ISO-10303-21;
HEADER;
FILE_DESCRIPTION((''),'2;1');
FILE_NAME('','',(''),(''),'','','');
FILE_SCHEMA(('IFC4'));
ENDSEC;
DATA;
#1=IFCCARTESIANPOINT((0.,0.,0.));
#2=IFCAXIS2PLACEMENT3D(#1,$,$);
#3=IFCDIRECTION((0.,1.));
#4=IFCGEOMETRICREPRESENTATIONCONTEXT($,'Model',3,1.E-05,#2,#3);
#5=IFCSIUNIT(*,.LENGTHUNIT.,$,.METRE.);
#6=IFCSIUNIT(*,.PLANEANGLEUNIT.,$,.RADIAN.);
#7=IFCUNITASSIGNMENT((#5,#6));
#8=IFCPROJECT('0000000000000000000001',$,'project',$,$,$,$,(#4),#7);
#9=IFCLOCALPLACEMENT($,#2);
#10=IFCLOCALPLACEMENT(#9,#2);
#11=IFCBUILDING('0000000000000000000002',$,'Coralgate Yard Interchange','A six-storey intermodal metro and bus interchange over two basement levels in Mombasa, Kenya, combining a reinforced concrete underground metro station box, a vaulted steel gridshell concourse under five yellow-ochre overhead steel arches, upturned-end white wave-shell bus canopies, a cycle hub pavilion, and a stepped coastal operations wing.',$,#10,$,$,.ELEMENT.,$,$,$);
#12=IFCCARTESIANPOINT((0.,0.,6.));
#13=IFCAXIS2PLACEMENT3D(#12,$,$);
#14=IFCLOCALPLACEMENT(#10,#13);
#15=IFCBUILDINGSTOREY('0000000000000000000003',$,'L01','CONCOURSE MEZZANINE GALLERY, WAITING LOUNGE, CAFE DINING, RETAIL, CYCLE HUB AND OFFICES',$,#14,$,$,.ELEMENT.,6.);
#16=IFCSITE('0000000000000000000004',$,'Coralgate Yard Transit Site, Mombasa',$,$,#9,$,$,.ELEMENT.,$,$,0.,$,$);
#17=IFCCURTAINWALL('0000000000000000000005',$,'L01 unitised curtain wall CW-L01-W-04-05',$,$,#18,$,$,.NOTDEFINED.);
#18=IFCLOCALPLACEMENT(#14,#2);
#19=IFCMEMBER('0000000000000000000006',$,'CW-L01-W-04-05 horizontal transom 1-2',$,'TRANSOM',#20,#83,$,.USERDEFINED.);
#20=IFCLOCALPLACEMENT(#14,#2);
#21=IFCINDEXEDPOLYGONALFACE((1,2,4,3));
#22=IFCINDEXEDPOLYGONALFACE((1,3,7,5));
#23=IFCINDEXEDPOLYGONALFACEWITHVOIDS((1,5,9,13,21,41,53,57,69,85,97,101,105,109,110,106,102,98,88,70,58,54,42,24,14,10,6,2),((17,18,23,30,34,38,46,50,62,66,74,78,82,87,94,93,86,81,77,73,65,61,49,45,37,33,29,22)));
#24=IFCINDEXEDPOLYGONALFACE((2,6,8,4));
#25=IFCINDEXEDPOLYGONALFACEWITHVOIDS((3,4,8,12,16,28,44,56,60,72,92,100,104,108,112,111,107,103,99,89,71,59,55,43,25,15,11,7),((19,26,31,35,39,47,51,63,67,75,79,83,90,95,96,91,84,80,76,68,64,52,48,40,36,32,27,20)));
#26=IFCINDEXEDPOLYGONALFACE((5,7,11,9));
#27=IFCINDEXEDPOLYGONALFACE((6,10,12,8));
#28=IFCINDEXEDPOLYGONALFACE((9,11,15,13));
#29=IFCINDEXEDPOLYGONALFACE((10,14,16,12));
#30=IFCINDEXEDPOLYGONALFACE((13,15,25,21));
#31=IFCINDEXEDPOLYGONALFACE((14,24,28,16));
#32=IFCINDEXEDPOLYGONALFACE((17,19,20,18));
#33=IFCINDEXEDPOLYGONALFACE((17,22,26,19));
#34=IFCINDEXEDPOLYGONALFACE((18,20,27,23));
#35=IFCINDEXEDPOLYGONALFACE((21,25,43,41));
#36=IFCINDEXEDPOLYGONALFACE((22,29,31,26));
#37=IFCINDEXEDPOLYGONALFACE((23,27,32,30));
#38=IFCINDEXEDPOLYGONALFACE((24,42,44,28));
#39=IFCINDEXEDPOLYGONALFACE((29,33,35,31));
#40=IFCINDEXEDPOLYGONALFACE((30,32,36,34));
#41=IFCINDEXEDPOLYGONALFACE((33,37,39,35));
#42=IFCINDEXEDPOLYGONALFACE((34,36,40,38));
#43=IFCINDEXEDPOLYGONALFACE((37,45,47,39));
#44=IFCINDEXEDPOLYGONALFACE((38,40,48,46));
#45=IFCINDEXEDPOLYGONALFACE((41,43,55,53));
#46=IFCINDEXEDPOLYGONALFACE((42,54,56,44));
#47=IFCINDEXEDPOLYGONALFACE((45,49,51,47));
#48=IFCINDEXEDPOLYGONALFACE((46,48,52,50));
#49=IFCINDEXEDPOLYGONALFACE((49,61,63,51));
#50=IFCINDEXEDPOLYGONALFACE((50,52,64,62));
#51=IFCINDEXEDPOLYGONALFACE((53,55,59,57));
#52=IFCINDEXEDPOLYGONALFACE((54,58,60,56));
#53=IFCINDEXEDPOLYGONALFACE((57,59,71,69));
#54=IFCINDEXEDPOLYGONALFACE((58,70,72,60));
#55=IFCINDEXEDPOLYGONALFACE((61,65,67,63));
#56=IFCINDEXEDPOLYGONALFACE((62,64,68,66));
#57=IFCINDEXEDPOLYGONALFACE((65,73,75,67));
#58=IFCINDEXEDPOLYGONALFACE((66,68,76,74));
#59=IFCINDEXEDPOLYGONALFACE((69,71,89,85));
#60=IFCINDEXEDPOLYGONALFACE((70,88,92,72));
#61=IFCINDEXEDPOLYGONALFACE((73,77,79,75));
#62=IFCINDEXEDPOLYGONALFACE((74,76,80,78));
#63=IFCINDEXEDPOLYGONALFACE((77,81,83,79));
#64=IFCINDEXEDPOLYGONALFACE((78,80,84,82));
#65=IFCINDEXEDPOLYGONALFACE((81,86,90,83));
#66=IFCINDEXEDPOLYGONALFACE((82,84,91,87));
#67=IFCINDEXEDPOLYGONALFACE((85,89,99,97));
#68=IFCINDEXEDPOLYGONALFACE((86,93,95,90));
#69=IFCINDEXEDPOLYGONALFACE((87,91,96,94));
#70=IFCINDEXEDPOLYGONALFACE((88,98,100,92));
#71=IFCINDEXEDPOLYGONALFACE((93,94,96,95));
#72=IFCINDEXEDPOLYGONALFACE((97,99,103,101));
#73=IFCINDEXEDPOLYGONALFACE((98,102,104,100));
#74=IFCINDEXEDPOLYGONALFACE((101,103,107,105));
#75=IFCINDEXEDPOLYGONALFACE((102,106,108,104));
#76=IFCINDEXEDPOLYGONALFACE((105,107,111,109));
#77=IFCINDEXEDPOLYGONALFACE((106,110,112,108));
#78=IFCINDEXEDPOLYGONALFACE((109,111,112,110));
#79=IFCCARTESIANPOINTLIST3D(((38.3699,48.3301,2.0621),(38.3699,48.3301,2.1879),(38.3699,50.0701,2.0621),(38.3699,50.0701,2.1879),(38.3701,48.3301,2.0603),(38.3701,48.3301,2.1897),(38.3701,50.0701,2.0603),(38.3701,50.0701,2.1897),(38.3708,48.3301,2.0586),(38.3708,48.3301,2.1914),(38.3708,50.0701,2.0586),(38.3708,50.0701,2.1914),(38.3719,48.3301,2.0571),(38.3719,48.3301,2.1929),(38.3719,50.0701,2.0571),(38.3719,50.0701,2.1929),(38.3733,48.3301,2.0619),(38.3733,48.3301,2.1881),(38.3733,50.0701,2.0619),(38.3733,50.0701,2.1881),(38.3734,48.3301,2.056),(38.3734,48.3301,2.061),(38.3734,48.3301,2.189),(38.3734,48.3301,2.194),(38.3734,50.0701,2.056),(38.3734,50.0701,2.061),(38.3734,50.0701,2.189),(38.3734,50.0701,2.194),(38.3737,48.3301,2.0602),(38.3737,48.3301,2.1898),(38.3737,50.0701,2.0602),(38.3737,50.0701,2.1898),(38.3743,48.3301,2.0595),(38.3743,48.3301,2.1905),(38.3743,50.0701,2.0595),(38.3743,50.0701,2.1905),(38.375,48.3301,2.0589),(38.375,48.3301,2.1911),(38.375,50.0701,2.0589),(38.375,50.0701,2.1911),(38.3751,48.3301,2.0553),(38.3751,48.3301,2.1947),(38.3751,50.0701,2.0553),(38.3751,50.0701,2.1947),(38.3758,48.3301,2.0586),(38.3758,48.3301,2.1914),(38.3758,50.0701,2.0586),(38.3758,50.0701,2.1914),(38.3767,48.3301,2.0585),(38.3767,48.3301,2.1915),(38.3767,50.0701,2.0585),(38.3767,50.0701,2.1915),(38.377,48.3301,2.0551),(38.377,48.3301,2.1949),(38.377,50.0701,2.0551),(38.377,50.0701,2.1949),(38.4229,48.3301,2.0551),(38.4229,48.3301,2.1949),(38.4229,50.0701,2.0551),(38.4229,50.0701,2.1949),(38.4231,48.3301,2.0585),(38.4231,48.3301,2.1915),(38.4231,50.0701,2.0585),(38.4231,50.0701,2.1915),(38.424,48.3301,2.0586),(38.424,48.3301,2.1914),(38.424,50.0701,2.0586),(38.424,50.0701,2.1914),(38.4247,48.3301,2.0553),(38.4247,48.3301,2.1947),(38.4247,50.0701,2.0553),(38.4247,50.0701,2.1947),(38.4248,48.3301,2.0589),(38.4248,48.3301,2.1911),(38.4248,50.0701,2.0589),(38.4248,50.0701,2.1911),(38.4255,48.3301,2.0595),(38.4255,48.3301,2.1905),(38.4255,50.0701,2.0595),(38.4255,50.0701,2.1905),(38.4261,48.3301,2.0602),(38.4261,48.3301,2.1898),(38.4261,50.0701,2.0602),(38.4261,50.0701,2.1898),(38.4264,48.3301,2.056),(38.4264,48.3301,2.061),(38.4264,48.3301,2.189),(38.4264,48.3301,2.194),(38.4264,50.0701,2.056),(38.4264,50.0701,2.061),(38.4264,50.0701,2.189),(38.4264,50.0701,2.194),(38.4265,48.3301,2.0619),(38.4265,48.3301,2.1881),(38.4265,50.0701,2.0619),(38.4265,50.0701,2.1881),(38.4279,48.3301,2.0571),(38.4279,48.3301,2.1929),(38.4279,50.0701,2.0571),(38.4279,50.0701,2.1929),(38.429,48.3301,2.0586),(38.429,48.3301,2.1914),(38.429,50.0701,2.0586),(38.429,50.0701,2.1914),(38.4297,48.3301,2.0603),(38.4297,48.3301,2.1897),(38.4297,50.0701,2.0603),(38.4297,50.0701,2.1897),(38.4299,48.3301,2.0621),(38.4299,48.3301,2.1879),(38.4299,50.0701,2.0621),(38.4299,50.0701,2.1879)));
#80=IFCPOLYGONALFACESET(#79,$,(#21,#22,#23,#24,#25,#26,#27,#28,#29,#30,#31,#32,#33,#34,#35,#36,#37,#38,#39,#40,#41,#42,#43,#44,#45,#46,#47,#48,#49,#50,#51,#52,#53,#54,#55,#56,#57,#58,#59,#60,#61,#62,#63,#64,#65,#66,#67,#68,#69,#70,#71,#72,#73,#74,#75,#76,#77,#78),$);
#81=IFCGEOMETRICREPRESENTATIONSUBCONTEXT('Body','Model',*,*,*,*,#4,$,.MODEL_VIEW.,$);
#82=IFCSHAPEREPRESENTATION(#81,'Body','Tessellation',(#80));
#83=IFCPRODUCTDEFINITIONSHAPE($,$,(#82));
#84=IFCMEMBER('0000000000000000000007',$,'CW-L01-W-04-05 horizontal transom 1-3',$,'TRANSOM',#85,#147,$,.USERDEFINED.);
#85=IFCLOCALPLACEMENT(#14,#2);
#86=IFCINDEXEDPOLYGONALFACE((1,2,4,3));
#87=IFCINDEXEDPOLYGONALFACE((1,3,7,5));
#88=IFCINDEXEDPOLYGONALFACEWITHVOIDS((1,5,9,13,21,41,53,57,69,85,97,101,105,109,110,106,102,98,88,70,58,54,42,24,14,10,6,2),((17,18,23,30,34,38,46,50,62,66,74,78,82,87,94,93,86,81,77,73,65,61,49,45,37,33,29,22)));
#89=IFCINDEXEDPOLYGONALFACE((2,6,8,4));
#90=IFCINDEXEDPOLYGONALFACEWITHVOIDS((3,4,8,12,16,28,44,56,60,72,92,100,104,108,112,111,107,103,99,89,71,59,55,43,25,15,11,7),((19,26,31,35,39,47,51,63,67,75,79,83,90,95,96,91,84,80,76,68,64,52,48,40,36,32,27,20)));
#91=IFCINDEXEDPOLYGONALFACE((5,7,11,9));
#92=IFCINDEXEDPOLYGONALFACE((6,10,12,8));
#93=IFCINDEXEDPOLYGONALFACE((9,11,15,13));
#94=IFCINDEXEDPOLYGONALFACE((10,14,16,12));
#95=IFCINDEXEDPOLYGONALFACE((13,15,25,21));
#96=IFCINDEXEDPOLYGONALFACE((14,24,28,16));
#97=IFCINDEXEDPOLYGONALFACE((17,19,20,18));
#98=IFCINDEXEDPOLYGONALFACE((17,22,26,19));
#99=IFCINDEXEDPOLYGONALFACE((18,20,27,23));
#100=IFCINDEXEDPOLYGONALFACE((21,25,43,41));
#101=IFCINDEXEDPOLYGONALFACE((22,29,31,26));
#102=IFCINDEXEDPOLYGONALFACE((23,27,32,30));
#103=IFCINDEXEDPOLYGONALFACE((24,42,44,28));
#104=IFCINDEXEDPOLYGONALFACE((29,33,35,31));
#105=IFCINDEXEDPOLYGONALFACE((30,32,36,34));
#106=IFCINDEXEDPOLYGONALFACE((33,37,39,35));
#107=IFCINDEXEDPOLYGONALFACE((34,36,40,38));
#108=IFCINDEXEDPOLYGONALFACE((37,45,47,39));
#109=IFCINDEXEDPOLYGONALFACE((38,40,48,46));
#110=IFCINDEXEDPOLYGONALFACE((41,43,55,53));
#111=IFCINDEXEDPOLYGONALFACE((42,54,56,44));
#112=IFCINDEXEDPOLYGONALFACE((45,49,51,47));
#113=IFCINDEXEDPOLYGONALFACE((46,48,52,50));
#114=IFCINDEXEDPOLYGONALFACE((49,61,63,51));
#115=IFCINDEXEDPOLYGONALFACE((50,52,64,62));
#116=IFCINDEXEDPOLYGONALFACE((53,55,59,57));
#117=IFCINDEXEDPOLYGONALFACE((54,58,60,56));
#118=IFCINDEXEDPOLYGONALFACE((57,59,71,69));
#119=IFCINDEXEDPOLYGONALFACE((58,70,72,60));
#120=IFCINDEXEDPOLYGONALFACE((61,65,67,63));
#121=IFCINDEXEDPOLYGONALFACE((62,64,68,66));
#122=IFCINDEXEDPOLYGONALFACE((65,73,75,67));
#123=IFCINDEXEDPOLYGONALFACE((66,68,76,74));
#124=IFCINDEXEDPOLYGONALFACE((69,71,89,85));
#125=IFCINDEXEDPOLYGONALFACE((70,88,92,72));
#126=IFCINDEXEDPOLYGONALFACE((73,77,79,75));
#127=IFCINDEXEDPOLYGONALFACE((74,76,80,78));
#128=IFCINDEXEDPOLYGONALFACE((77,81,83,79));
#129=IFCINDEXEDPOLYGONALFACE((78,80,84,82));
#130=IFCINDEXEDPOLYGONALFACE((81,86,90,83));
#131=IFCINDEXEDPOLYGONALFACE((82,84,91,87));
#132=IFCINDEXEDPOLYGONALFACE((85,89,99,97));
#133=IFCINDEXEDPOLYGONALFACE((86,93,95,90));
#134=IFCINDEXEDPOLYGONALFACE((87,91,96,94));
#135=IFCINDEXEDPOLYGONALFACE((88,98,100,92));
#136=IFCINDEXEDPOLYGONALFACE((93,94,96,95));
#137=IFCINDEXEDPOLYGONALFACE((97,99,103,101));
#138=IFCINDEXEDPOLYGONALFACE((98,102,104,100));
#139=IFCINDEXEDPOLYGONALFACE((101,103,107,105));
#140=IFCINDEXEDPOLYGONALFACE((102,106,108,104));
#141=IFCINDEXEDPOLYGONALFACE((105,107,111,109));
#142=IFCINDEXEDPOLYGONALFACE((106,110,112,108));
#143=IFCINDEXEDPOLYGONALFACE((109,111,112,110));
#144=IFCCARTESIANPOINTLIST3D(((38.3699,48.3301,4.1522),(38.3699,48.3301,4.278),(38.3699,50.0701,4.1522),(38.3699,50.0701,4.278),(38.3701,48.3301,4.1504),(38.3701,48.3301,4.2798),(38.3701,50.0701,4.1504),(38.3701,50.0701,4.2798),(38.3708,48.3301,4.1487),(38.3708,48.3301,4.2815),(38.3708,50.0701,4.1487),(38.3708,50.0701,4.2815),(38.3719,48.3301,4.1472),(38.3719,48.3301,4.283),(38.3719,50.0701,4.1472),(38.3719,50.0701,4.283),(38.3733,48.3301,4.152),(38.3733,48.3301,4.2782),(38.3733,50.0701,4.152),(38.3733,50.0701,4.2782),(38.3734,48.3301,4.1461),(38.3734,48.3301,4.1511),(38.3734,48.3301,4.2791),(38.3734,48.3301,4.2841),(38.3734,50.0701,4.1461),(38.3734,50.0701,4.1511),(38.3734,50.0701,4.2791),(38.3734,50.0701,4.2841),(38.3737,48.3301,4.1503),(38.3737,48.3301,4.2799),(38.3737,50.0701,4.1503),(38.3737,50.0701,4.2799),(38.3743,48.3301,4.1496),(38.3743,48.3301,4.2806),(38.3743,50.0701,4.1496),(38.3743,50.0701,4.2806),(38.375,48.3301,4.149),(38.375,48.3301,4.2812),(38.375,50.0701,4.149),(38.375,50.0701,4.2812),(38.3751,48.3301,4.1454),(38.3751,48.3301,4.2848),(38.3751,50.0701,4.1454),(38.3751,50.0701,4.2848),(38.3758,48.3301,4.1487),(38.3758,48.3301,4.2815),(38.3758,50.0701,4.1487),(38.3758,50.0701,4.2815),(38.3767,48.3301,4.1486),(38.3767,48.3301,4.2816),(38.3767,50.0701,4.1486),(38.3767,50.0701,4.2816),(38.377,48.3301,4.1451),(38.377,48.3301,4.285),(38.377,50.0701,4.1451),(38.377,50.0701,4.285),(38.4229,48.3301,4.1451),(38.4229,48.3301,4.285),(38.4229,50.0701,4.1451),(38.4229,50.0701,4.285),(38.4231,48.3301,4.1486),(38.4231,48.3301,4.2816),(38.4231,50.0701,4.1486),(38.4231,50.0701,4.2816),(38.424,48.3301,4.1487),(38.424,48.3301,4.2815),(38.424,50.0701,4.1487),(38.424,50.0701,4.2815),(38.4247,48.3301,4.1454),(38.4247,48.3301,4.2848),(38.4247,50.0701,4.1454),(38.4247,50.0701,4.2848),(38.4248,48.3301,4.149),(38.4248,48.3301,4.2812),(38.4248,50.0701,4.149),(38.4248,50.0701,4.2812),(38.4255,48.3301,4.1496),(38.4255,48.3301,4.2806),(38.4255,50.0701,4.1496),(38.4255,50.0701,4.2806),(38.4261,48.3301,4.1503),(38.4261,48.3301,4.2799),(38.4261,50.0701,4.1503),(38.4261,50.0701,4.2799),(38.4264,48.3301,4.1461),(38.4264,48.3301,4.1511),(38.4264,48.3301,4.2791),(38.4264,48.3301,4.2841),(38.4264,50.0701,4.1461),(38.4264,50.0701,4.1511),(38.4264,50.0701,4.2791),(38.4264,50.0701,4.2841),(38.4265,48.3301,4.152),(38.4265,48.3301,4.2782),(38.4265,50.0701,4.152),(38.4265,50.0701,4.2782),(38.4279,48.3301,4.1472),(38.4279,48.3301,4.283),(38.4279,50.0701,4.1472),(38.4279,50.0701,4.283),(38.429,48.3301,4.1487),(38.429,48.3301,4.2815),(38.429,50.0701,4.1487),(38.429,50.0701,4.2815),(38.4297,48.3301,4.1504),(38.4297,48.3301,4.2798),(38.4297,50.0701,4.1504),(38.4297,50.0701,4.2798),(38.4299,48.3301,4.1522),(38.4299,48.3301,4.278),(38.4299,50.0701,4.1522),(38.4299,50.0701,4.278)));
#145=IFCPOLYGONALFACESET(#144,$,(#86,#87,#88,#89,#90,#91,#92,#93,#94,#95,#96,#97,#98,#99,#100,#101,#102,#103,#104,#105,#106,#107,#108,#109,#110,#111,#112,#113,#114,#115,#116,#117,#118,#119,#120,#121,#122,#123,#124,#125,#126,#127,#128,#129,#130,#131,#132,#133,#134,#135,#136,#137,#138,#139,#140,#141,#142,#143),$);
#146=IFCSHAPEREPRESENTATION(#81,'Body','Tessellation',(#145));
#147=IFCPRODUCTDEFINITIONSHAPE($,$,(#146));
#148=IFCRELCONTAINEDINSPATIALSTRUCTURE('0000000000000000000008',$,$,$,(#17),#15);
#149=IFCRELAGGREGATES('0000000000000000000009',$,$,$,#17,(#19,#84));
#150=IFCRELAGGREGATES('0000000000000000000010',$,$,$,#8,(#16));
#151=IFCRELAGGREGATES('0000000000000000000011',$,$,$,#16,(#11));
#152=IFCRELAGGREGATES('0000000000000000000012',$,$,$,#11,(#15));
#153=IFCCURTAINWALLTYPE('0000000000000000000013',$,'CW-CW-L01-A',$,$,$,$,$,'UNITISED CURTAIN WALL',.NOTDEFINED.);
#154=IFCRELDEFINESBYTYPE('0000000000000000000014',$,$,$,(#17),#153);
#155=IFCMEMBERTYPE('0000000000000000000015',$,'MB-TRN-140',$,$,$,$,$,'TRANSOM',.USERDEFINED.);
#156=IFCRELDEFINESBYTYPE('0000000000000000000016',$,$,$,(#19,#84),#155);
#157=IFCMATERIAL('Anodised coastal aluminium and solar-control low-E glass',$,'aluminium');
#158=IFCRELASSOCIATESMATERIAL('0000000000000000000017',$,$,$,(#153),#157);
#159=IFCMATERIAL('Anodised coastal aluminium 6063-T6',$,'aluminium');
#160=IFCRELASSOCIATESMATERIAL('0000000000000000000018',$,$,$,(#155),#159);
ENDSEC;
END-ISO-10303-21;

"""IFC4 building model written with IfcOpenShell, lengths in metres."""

from ifc_helpers import new_model, si_unit, direction, frame, origin, origin_2d, place, context, subcontext, project, spatial, hollow_rectangle, extrude, material, material_profile, profile_set, type_object, element, aggregate, save


model = new_model("IFC4")

# Units and contexts
model_context = context("Model", 3, precision=1e-05, world=origin(), true_north=direction((0.0, 1.0)))
body_context = subcontext(model_context, "Body", "Model", "MODEL_VIEW")
ifc_project = project(units=[si_unit("LENGTHUNIT", "METRE"), si_unit("PLANEANGLEUNIT", "RADIAN")], contexts=[model_context])

# Site, building, storey
site_placement = place(None, origin())
site = spatial("IfcSite", under=ifc_project, at=site_placement, Name="Coralgate Yard Transit Site, Mombasa", CompositionType="ELEMENT", RefElevation=0.0)
building_placement = place(site_placement, origin())
building = spatial("IfcBuilding", under=site, at=building_placement, Name="Coralgate Yard Interchange", Description="A six-storey intermodal metro and bus interchange over two basement levels in Mombasa, Kenya, combining a reinforced concrete underground metro station box, a vaulted steel gridshell concourse under five yellow-ochre overhead steel arches, upturned-end white wave-shell bus canopies, a cycle hub pavilion, and a stepped coastal operations wing.", CompositionType="ELEMENT")
storey_placement = place(building_placement, frame((0.0, 0.0, 6.0)))
storey = spatial("IfcBuildingStorey", under=building, at=storey_placement, Name="L01", Description="CONCOURSE MEZZANINE GALLERY, WAITING LOUNGE, CAFE DINING, RETAIL, CYCLE HUB AND OFFICES", CompositionType="ELEMENT", Elevation=6.0)

# Curtain wall
ifc_material_1 = material(Name="Anodised coastal aluminium and solar-control low-E glass", Category="aluminium")
curtain_wall_type = type_object("IfcCurtainWallType", Name="CW-CW-L01-A", ElementType="UNITISED CURTAIN WALL", PredefinedType="NOTDEFINED", material=ifc_material_1)
ifc_material_2 = material(Name="Anodised coastal aluminium 6063-T6", Category="aluminium")
curtain_wall_1_placement = place(storey_placement, origin())
curtain_wall_1 = element("IfcCurtainWall", 1, at=curtain_wall_1_placement, inside=storey, type_object=curtain_wall_type, Name="L01 unitised curtain wall CW-L01-W-04-05", PredefinedType="NOTDEFINED")

# Members
ifc_material_profile_1 = material_profile(ifc_material_2, hollow_rectangle(XDim=0.0601, YDim=0.1399, WallThickness=0.0034, InnerFilletRadius=0.0034, OuterFilletRadius=0.0071, at=origin_2d()), Name="ALU 60x140x3.5")
ifc_profile_set_1 = profile_set([ifc_material_profile_1], Name="Anodised coastal aluminium 6063-T6")
member_type_1 = type_object("IfcMemberType", Name="MB-TRN-140", ElementType="TRANSOM", PredefinedType="USERDEFINED", material=ifc_profile_set_1)
member_1_placement = place(storey_placement, frame((38.3999, 48.3301, 2.125), z_axis=(0.0, 1.0, 0.0), x_axis=(-1.0, 0.0, 0.0)))
member_1 = element("IfcMember", 2, at=member_1_placement, type_object=member_type_1, Name="CW-L01-W-04-05 horizontal transom 1-2", ObjectType="TRANSOM", PredefinedType="USERDEFINED", context=body_context, shape_type="SweptSolid", body=[
    extrude(hollow_rectangle(XDim=0.0601, YDim=0.1399, WallThickness=0.0034, InnerFilletRadius=0.0034, OuterFilletRadius=0.0071, at=origin_2d()), origin(), (0.0, 0.0, 1.0), 1.74),
])
member_2_placement = place(storey_placement, frame((38.3999, 48.3301, 4.2151), z_axis=(0.0, 1.0, 0.0), x_axis=(-1.0, 0.0, 0.0)))
member_2 = element("IfcMember", 3, at=member_2_placement, type_object=member_type_1, Name="CW-L01-W-04-05 horizontal transom 1-3", ObjectType="TRANSOM", PredefinedType="USERDEFINED", context=body_context, shape_type="SweptSolid", body=[
    extrude(hollow_rectangle(XDim=0.0601, YDim=0.1399, WallThickness=0.0034, InnerFilletRadius=0.0034, OuterFilletRadius=0.0071, at=origin_2d()), origin(), (0.0, 0.0, 1.0), 1.74),
])

aggregate(curtain_wall_1, [member_1, member_2])

save(model, "model.ifc")
